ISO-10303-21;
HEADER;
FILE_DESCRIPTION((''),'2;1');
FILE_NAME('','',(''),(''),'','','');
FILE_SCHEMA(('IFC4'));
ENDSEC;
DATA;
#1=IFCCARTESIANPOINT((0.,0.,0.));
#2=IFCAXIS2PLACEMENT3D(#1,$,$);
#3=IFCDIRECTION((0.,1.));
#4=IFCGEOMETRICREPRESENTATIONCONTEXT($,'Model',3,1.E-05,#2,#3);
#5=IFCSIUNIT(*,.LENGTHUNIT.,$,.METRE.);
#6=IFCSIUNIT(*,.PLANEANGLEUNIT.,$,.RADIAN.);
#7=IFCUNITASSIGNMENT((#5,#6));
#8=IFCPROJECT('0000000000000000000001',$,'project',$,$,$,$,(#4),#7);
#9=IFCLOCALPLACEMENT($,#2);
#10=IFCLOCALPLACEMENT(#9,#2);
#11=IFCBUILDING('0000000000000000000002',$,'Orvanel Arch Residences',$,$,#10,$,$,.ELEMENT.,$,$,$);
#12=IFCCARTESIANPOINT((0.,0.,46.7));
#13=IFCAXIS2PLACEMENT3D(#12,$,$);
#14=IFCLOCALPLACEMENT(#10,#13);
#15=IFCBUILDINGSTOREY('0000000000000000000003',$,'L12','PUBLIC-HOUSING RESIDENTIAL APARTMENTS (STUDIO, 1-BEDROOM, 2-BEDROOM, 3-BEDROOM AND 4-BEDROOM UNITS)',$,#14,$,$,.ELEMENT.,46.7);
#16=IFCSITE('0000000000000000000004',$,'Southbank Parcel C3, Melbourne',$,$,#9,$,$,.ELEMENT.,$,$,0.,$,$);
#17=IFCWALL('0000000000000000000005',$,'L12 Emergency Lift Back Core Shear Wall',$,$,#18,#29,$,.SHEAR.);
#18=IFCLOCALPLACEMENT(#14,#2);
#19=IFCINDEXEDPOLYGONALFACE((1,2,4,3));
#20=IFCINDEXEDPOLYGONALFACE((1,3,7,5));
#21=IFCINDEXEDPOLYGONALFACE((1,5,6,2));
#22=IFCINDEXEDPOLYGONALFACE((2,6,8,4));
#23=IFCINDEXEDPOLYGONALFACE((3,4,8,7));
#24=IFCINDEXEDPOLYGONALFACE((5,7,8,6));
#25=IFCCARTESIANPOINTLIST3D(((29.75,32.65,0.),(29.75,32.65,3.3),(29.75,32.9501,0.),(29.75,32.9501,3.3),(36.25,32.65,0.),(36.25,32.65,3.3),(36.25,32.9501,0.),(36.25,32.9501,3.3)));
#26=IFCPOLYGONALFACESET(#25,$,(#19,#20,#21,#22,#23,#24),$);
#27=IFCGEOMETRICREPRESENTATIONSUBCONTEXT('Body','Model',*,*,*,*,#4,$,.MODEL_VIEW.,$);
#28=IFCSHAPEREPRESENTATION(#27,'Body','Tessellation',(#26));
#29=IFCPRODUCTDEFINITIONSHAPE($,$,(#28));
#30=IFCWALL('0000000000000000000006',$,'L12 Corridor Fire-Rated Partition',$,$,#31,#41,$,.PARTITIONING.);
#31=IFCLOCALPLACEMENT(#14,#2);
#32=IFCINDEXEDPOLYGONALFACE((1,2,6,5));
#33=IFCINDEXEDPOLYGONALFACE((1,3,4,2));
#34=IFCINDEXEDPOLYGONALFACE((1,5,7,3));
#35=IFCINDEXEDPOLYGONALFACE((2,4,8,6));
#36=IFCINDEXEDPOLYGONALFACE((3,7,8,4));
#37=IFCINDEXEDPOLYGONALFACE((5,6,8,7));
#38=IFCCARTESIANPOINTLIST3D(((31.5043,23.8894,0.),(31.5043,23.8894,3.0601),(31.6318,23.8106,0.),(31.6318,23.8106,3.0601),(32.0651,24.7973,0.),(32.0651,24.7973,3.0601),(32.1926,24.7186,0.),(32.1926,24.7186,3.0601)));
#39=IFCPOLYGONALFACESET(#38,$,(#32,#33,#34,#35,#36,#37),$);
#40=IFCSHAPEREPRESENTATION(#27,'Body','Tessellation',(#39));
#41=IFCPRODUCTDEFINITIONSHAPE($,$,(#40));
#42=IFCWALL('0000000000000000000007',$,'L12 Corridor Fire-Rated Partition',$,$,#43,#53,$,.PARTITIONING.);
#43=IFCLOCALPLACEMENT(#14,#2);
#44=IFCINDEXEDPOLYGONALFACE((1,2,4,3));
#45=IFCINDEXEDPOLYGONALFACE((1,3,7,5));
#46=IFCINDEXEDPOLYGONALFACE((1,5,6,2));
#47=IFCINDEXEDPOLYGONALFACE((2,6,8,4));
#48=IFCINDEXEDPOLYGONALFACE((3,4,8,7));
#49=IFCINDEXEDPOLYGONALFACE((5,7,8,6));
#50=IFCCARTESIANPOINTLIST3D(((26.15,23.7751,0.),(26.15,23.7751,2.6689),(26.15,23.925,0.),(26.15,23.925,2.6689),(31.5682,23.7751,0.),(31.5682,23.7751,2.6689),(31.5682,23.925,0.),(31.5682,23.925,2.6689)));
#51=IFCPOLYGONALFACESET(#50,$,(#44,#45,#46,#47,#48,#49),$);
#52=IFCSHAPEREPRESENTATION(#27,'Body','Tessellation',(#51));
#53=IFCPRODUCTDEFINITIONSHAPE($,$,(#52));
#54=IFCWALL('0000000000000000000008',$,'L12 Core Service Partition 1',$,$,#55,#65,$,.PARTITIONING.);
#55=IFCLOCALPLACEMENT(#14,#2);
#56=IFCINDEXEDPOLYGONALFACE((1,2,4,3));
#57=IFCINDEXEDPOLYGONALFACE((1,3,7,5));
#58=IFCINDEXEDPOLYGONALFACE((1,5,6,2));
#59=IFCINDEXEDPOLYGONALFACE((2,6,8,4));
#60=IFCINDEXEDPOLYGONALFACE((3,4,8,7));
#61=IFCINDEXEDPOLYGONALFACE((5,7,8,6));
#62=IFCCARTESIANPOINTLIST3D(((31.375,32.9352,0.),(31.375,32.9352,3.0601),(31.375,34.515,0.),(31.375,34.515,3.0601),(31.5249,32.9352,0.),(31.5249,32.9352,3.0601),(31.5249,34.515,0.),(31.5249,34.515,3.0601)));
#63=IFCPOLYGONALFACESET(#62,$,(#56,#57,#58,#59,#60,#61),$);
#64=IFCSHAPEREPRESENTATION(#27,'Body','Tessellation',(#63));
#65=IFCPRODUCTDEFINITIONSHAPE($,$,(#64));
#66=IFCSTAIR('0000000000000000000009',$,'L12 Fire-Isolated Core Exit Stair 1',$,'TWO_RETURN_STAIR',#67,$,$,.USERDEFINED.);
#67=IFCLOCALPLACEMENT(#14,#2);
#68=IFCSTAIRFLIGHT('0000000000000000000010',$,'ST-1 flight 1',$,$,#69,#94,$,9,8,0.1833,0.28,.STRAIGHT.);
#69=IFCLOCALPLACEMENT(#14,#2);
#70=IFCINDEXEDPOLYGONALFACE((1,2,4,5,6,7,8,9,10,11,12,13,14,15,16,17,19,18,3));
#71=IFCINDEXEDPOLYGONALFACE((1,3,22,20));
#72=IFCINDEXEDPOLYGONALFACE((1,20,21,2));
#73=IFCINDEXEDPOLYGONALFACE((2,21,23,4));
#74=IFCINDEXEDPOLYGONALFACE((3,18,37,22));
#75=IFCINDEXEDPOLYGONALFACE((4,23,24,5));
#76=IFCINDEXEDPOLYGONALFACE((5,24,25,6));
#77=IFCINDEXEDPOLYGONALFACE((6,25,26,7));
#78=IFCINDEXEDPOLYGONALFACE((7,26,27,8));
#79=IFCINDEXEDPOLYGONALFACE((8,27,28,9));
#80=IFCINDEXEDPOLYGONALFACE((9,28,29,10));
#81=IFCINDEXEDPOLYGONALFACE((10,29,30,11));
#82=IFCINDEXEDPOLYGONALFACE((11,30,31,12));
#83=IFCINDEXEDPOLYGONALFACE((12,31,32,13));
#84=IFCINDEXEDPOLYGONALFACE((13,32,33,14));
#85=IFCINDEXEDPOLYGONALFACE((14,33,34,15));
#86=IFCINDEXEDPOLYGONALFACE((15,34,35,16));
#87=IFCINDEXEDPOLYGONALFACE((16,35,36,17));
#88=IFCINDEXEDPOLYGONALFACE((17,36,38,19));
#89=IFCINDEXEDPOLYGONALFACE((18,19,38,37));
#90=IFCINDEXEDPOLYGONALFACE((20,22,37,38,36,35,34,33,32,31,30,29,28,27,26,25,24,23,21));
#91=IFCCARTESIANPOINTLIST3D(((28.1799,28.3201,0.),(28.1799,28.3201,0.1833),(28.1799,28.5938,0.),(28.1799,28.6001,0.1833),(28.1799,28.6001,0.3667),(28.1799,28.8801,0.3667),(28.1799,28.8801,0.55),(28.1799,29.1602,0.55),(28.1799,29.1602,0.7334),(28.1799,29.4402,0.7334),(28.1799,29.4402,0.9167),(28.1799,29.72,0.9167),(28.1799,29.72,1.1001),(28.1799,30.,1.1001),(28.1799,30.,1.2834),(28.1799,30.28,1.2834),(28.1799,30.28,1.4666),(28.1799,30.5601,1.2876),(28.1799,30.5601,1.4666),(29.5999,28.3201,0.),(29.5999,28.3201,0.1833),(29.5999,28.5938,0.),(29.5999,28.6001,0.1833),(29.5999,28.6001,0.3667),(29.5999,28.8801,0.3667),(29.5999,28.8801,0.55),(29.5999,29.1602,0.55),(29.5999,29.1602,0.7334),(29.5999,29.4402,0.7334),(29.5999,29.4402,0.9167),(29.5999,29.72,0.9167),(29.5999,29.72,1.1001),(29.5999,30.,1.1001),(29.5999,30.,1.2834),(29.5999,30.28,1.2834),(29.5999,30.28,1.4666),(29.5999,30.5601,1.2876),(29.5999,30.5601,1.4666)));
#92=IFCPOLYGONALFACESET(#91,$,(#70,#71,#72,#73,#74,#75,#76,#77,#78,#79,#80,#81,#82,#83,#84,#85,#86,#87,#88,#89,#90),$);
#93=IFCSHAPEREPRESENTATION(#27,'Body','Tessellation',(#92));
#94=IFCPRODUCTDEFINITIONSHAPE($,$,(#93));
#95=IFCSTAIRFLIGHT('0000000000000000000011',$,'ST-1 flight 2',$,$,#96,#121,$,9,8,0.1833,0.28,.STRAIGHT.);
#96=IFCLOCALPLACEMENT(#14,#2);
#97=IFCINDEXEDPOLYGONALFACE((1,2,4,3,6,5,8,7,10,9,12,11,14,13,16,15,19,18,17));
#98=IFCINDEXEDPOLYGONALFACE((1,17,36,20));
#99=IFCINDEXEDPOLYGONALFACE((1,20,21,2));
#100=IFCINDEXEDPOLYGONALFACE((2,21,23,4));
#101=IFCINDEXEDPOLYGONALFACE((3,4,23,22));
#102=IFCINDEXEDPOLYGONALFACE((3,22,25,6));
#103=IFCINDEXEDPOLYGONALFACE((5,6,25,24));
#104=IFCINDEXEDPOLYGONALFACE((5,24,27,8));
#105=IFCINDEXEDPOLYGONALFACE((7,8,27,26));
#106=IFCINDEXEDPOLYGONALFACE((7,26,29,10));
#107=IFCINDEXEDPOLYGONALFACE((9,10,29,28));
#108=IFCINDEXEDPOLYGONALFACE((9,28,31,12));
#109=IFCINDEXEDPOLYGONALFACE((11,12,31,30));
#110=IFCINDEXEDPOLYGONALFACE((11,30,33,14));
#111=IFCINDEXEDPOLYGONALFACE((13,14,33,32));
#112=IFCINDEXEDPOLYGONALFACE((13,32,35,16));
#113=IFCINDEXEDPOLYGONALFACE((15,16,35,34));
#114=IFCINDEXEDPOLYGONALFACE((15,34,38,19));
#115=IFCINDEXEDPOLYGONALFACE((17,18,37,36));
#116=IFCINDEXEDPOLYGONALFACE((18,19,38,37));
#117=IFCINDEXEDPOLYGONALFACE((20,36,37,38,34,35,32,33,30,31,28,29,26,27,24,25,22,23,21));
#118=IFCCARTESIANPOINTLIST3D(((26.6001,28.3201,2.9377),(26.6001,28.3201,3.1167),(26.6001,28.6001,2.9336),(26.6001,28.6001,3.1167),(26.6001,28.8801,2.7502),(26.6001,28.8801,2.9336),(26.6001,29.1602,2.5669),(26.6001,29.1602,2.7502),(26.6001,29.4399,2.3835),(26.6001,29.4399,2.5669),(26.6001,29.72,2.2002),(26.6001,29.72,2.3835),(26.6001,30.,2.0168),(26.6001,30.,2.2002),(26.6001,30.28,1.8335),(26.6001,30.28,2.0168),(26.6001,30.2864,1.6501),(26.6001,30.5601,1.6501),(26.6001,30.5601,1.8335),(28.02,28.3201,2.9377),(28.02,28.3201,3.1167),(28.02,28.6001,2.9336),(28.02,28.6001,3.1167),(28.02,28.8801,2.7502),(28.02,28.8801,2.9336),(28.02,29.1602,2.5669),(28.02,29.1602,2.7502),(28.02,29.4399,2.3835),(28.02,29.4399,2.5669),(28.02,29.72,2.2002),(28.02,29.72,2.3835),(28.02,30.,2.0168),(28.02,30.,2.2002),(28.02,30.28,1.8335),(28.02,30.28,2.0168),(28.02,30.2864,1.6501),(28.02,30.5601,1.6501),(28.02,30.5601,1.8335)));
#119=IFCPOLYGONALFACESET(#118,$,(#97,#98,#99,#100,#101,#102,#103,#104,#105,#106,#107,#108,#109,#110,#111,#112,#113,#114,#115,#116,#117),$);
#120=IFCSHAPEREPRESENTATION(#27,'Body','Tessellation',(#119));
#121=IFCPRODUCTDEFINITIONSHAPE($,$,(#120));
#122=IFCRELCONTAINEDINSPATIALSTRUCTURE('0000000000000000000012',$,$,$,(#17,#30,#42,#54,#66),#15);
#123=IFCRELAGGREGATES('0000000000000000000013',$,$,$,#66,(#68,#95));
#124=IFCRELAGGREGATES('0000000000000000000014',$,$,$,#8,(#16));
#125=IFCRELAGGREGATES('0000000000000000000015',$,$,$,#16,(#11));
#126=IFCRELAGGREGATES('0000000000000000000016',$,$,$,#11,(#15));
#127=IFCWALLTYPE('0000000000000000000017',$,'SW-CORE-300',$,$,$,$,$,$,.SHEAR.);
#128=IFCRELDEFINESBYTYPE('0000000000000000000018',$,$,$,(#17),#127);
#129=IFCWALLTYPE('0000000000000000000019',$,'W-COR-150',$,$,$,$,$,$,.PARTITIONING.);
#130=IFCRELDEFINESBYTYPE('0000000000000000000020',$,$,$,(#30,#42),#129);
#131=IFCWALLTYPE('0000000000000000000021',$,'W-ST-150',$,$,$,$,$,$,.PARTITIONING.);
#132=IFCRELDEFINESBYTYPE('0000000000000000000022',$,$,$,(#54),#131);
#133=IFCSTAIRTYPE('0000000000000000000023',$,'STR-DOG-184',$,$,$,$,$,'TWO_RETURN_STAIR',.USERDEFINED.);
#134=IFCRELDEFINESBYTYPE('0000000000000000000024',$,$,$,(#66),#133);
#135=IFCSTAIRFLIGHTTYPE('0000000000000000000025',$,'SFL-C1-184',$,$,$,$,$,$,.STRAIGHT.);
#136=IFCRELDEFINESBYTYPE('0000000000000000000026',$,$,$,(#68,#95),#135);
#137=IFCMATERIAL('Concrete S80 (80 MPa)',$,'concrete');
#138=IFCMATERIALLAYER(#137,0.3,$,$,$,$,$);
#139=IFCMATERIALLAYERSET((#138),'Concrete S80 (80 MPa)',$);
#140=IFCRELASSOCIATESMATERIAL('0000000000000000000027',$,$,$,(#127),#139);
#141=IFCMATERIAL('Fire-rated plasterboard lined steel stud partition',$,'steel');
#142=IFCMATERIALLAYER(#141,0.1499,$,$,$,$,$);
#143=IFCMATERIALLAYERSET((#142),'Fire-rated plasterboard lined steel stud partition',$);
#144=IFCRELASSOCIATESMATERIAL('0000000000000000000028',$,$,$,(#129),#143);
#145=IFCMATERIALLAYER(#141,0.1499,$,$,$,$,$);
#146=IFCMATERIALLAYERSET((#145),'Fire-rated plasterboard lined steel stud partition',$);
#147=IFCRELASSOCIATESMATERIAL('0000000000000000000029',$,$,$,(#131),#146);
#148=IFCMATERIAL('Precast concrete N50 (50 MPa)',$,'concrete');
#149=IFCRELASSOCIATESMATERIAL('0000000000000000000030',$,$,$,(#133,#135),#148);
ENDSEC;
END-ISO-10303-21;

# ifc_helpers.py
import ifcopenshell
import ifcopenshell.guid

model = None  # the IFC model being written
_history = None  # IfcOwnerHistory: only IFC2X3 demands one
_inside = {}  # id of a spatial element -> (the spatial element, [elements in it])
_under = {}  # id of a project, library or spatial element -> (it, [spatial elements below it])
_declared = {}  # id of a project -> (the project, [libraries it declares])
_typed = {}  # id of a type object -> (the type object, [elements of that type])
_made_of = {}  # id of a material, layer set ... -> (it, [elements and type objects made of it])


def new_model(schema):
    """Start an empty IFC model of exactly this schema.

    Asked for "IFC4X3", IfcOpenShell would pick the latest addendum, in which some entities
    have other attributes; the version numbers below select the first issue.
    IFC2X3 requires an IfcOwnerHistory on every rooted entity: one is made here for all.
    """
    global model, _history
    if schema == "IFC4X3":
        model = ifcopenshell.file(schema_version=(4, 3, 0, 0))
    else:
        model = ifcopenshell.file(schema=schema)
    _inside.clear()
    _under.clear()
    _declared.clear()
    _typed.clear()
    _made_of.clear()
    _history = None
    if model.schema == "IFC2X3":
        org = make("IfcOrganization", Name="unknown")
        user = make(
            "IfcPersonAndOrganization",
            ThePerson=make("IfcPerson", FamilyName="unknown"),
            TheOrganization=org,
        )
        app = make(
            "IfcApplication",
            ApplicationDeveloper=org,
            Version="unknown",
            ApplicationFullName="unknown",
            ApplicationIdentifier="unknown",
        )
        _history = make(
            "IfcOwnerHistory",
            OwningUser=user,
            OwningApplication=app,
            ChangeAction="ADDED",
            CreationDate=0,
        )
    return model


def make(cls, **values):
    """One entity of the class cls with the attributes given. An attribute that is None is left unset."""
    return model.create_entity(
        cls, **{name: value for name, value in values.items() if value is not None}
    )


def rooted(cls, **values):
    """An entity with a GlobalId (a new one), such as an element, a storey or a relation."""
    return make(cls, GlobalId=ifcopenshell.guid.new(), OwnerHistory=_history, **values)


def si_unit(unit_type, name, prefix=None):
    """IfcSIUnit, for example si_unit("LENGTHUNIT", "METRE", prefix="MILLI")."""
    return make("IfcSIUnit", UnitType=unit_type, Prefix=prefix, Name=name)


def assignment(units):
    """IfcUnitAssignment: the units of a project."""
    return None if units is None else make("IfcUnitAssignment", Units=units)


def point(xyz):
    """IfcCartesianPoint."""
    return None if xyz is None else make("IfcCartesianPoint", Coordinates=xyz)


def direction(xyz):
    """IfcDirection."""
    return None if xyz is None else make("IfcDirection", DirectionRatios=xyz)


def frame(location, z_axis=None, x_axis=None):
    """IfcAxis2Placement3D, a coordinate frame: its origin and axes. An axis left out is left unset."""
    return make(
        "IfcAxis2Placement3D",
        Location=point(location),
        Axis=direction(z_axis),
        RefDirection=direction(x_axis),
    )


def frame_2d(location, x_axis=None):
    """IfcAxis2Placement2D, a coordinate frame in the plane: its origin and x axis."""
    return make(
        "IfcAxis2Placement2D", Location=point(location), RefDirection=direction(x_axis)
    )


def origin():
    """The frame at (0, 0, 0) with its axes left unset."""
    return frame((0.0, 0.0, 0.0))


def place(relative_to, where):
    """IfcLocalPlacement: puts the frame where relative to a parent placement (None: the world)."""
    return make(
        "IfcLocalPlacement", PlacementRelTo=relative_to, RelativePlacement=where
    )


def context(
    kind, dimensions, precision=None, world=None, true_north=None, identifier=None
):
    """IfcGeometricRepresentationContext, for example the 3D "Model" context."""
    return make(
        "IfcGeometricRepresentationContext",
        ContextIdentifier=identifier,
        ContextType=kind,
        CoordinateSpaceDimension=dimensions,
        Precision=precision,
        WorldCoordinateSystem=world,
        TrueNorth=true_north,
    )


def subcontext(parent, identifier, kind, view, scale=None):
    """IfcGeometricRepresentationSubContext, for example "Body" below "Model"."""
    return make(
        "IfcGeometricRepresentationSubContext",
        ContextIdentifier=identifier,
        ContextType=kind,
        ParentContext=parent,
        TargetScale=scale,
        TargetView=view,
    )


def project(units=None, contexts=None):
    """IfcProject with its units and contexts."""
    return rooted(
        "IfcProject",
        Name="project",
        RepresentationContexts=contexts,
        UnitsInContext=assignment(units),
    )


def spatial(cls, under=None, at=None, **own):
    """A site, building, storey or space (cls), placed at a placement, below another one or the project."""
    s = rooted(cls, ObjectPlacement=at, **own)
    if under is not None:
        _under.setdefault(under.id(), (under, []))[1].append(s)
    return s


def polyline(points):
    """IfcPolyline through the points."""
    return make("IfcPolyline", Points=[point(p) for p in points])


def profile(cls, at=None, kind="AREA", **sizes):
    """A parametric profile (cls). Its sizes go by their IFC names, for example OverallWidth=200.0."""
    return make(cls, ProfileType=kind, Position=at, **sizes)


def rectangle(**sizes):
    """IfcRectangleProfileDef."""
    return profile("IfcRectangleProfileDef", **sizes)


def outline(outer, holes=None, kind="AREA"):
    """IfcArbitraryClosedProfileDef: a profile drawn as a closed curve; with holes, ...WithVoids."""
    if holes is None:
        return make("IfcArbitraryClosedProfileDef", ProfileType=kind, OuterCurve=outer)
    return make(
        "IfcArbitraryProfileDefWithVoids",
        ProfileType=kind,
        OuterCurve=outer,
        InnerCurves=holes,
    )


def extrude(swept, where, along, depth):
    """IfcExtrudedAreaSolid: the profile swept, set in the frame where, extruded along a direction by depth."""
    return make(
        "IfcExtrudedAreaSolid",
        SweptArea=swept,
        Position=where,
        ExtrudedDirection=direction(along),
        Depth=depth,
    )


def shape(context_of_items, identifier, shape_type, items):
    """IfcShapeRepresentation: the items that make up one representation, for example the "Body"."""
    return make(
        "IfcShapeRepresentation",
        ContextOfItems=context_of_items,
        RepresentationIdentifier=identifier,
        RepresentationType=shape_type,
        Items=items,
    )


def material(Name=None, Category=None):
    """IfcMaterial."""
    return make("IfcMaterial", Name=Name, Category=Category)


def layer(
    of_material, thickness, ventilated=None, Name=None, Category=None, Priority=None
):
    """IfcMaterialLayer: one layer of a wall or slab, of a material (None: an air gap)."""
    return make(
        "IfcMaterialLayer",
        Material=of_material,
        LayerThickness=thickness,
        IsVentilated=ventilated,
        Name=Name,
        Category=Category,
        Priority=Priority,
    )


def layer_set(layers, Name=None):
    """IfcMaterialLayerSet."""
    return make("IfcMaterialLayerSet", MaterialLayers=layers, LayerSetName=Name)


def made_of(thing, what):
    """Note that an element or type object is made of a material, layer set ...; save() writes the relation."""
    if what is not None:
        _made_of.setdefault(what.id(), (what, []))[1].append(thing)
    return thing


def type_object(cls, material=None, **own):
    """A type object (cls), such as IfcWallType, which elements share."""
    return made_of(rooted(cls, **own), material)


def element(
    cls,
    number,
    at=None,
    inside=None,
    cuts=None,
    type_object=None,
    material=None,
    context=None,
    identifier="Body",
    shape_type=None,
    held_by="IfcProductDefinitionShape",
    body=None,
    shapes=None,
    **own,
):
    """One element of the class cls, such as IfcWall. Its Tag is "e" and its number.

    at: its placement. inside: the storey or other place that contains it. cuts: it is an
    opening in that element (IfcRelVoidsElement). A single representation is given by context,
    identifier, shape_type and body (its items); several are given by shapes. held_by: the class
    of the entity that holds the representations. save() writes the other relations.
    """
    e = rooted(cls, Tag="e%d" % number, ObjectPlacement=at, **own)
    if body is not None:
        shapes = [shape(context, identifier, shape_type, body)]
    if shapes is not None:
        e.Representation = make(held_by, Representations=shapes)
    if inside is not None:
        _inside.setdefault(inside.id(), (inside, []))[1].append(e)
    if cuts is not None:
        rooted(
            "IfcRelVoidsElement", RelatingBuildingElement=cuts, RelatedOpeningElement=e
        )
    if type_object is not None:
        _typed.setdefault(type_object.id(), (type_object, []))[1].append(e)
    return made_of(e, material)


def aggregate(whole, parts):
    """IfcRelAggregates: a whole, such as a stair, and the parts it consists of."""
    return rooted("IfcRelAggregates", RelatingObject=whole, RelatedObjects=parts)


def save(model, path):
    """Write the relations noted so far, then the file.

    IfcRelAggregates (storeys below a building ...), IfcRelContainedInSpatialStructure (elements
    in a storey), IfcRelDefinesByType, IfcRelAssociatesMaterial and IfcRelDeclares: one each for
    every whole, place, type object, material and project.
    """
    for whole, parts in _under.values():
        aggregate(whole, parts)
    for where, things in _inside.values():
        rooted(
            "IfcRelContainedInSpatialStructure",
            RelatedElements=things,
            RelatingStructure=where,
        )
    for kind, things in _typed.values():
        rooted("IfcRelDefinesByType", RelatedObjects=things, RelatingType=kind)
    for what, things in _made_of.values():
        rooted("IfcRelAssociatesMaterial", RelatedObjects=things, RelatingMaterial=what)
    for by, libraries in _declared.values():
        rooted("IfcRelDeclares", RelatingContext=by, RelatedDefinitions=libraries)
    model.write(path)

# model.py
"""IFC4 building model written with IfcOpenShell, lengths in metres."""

from ifc_helpers import new_model, si_unit, direction, frame, frame_2d, origin, place, context, subcontext, project, spatial, polyline, rectangle, outline, extrude, material, layer, layer_set, type_object, element, aggregate, save


model = new_model("IFC4")

# Units and contexts
model_context = context("Model", 3, precision=1e-05, world=origin(), true_north=direction((0.0, 1.0)))
body_context = subcontext(model_context, "Body", "Model", "MODEL_VIEW")
ifc_project = project(units=[si_unit("LENGTHUNIT", "METRE"), si_unit("PLANEANGLEUNIT", "RADIAN")], contexts=[model_context])

# Site, building, storey
site_placement = place(None, origin())
site = spatial("IfcSite", under=ifc_project, at=site_placement, Name="Southbank Parcel C3, Melbourne", CompositionType="ELEMENT", RefElevation=0.0)
building_placement = place(site_placement, origin())
building = spatial("IfcBuilding", under=site, at=building_placement, Name="Orvanel Arch Residences", CompositionType="ELEMENT")
storey_placement = place(building_placement, frame((0.0, 0.0, 46.7)))
storey = spatial("IfcBuildingStorey", under=building, at=storey_placement, Name="L12", Description="PUBLIC-HOUSING RESIDENTIAL APARTMENTS (STUDIO, 1-BEDROOM, 2-BEDROOM, 3-BEDROOM AND 4-BEDROOM UNITS)", CompositionType="ELEMENT", Elevation=46.7)

# Shared definitions
ifc_material_1 = material(Name="Concrete S80 (80 MPa)", Category="concrete")
ifc_layer_1 = layer(ifc_material_1, 0.3)
ifc_layer_set_1 = layer_set([ifc_layer_1], Name="Concrete S80 (80 MPa)")
wall_type_1 = type_object("IfcWallType", Name="SW-CORE-300", PredefinedType="SHEAR", material=ifc_layer_set_1)

# Walls
wall_1_placement = place(storey_placement, frame((29.75, 32.8, 0.0), z_axis=(0.0, 0.0, 1.0), x_axis=(1.0, 0.0, 0.0)))
element("IfcWall", 1, at=wall_1_placement, inside=storey, type_object=wall_type_1, Name="L12 Emergency Lift Back Core Shear Wall", PredefinedType="SHEAR", context=body_context, shape_type="SweptSolid", body=[
    extrude(rectangle(XDim=6.5, YDim=0.3, at=frame_2d((3.25, 0.0))), origin(), (0.0, 0.0, 1.0), 3.3),
])
ifc_material_2 = material(Name="Fire-rated plasterboard lined steel stud partition", Category="steel")
ifc_layer_2 = layer(ifc_material_2, 0.1499)
ifc_layer_set_2 = layer_set([ifc_layer_2], Name="Fire-rated plasterboard lined steel stud partition")
wall_type_2 = type_object("IfcWallType", Name="W-COR-150", PredefinedType="PARTITIONING", material=ifc_layer_set_2)
wall_2_placement = place(storey_placement, frame((32.1289, 24.7581, 0.0), z_axis=(0.0, 0.0, 1.0), x_axis=(-0.525488, -0.850801, 0.0)))
element("IfcWall", 2, at=wall_2_placement, inside=storey, type_object=wall_type_2, Name="L12 Corridor Fire-Rated Partition", PredefinedType="PARTITIONING", context=body_context, shape_type="SweptSolid", body=[
    extrude(rectangle(XDim=1.0671, YDim=0.1499, at=frame_2d((0.5337, 0.0))), origin(), (0.0, 0.0, 1.0), 3.0601),
])
wall_3_placement = place(storey_placement, frame((31.5681, 23.8501, 0.0), z_axis=(0.0, 0.0, 1.0), x_axis=(-1.0, 0.0, 0.0)))
element("IfcWall", 3, at=wall_3_placement, inside=storey, type_object=wall_type_2, Name="L12 Corridor Fire-Rated Partition", PredefinedType="PARTITIONING", context=body_context, shape_type="SweptSolid", body=[
    extrude(rectangle(XDim=5.4182, YDim=0.1499, at=frame_2d((2.709, 0.0))), origin(), (0.0, 0.0, 1.0), 2.6689),
])
ifc_layer_3 = layer(ifc_material_2, 0.1499)
ifc_layer_set_3 = layer_set([ifc_layer_3], Name="Fire-rated plasterboard lined steel stud partition")
wall_type_3 = type_object("IfcWallType", Name="W-ST-150", PredefinedType="PARTITIONING", material=ifc_layer_set_3)
wall_4_placement = place(storey_placement, frame((31.45, 32.9351, 0.0), z_axis=(0.0, 0.0, 1.0), x_axis=(0.0, 1.0, 0.0)))
element("IfcWall", 4, at=wall_4_placement, inside=storey, type_object=wall_type_3, Name="L12 Core Service Partition 1", PredefinedType="PARTITIONING", context=body_context, shape_type="SweptSolid", body=[
    extrude(rectangle(XDim=1.5798, YDim=0.1499, at=frame_2d((0.79, 0.0))), origin(), (0.0, 0.0, 1.0), 3.0601),
])

# Stair, stair flights
ifc_material_3 = material(Name="Precast concrete N50 (50 MPa)", Category="concrete")
stair_type = type_object("IfcStairType", Name="STR-DOG-184", ElementType="TWO_RETURN_STAIR", PredefinedType="USERDEFINED", material=ifc_material_3)
stair_placement = place(storey_placement, origin())
stair = element("IfcStair", 5, at=stair_placement, inside=storey, type_object=stair_type, Name="L12 Fire-Isolated Core Exit Stair 1", ObjectType="TWO_RETURN_STAIR", PredefinedType="USERDEFINED")
stair_flight_type = type_object("IfcStairFlightType", Name="SFL-C1-184", PredefinedType="STRAIGHT", material=ifc_material_3)
stair_flight_1_placement = place(storey_placement, frame((28.8899, 28.3201, 0.0), z_axis=(0.0, 0.0, 1.0), x_axis=(0.0, 1.0, 0.0)))
stair_flight_1 = element("IfcStairFlight", 6, at=stair_flight_1_placement, type_object=stair_flight_type, Name="ST-1 flight 1", NumberOfRisers=9, NumberOfTreads=8, PredefinedType="STRAIGHT", RiserHeight=0.1833, TreadLength=0.28, context=body_context, shape_type="SweptSolid", body=[
    extrude(outline(polyline([(0.0, 0.0), (0.0, 0.1833), (0.28, 0.1833), (0.28, 0.3667), (0.5601, 0.3667), (0.5601, 0.55), (0.8401, 0.55), (0.8401, 0.7334), (1.1201, 0.7334), (1.1201, 0.9167), (1.3999, 0.9167), (1.3999, 1.1001), (1.6799, 1.1001), (1.6799, 1.2834), (1.96, 1.2834), (1.96, 1.4666), (2.24, 1.4666), (2.24, 1.6499), (2.24, 1.2876), (0.2737, 0.0), (0.0, 0.0)])), frame((0.0, 0.71, 0.0), z_axis=(0.0, -1.0, 0.0), x_axis=(1.0, 0.0, 0.0)), (0.0, 0.0, 1.0), 1.4199),
])
stair_flight_2_placement = place(storey_placement, frame((27.3101, 30.5601, 1.6501), z_axis=(0.0, 0.0, 1.0), x_axis=(0.0, -1.0, 0.0)))
stair_flight_2 = element("IfcStairFlight", 7, at=stair_flight_2_placement, type_object=stair_flight_type, Name="ST-1 flight 2", NumberOfRisers=9, NumberOfTreads=8, PredefinedType="STRAIGHT", RiserHeight=0.1833, TreadLength=0.28, context=body_context, shape_type="SweptSolid", body=[
    extrude(outline(polyline([(0.0, 0.0), (0.0, 0.1833), (0.28, 0.1833), (0.28, 0.3667), (0.5601, 0.3667), (0.5601, 0.55), (0.8401, 0.55), (0.8401, 0.7334), (1.1201, 0.7334), (1.1201, 0.9167), (1.3999, 0.9167), (1.3999, 1.1001), (1.6799, 1.1001), (1.6799, 1.2834), (1.96, 1.2834), (1.96, 1.4666), (2.24, 1.4666), (2.24, 1.6499), (2.24, 1.2876), (0.2737, 0.0), (0.0, 0.0)])), frame((0.0, 0.71, 0.0), z_axis=(0.0, -1.0, 0.0), x_axis=(1.0, 0.0, 0.0)), (0.0, 0.0, 1.0), 1.4199),
])
aggregate(stair, [stair_flight_1, stair_flight_2])

save(model, "model.ifc")
